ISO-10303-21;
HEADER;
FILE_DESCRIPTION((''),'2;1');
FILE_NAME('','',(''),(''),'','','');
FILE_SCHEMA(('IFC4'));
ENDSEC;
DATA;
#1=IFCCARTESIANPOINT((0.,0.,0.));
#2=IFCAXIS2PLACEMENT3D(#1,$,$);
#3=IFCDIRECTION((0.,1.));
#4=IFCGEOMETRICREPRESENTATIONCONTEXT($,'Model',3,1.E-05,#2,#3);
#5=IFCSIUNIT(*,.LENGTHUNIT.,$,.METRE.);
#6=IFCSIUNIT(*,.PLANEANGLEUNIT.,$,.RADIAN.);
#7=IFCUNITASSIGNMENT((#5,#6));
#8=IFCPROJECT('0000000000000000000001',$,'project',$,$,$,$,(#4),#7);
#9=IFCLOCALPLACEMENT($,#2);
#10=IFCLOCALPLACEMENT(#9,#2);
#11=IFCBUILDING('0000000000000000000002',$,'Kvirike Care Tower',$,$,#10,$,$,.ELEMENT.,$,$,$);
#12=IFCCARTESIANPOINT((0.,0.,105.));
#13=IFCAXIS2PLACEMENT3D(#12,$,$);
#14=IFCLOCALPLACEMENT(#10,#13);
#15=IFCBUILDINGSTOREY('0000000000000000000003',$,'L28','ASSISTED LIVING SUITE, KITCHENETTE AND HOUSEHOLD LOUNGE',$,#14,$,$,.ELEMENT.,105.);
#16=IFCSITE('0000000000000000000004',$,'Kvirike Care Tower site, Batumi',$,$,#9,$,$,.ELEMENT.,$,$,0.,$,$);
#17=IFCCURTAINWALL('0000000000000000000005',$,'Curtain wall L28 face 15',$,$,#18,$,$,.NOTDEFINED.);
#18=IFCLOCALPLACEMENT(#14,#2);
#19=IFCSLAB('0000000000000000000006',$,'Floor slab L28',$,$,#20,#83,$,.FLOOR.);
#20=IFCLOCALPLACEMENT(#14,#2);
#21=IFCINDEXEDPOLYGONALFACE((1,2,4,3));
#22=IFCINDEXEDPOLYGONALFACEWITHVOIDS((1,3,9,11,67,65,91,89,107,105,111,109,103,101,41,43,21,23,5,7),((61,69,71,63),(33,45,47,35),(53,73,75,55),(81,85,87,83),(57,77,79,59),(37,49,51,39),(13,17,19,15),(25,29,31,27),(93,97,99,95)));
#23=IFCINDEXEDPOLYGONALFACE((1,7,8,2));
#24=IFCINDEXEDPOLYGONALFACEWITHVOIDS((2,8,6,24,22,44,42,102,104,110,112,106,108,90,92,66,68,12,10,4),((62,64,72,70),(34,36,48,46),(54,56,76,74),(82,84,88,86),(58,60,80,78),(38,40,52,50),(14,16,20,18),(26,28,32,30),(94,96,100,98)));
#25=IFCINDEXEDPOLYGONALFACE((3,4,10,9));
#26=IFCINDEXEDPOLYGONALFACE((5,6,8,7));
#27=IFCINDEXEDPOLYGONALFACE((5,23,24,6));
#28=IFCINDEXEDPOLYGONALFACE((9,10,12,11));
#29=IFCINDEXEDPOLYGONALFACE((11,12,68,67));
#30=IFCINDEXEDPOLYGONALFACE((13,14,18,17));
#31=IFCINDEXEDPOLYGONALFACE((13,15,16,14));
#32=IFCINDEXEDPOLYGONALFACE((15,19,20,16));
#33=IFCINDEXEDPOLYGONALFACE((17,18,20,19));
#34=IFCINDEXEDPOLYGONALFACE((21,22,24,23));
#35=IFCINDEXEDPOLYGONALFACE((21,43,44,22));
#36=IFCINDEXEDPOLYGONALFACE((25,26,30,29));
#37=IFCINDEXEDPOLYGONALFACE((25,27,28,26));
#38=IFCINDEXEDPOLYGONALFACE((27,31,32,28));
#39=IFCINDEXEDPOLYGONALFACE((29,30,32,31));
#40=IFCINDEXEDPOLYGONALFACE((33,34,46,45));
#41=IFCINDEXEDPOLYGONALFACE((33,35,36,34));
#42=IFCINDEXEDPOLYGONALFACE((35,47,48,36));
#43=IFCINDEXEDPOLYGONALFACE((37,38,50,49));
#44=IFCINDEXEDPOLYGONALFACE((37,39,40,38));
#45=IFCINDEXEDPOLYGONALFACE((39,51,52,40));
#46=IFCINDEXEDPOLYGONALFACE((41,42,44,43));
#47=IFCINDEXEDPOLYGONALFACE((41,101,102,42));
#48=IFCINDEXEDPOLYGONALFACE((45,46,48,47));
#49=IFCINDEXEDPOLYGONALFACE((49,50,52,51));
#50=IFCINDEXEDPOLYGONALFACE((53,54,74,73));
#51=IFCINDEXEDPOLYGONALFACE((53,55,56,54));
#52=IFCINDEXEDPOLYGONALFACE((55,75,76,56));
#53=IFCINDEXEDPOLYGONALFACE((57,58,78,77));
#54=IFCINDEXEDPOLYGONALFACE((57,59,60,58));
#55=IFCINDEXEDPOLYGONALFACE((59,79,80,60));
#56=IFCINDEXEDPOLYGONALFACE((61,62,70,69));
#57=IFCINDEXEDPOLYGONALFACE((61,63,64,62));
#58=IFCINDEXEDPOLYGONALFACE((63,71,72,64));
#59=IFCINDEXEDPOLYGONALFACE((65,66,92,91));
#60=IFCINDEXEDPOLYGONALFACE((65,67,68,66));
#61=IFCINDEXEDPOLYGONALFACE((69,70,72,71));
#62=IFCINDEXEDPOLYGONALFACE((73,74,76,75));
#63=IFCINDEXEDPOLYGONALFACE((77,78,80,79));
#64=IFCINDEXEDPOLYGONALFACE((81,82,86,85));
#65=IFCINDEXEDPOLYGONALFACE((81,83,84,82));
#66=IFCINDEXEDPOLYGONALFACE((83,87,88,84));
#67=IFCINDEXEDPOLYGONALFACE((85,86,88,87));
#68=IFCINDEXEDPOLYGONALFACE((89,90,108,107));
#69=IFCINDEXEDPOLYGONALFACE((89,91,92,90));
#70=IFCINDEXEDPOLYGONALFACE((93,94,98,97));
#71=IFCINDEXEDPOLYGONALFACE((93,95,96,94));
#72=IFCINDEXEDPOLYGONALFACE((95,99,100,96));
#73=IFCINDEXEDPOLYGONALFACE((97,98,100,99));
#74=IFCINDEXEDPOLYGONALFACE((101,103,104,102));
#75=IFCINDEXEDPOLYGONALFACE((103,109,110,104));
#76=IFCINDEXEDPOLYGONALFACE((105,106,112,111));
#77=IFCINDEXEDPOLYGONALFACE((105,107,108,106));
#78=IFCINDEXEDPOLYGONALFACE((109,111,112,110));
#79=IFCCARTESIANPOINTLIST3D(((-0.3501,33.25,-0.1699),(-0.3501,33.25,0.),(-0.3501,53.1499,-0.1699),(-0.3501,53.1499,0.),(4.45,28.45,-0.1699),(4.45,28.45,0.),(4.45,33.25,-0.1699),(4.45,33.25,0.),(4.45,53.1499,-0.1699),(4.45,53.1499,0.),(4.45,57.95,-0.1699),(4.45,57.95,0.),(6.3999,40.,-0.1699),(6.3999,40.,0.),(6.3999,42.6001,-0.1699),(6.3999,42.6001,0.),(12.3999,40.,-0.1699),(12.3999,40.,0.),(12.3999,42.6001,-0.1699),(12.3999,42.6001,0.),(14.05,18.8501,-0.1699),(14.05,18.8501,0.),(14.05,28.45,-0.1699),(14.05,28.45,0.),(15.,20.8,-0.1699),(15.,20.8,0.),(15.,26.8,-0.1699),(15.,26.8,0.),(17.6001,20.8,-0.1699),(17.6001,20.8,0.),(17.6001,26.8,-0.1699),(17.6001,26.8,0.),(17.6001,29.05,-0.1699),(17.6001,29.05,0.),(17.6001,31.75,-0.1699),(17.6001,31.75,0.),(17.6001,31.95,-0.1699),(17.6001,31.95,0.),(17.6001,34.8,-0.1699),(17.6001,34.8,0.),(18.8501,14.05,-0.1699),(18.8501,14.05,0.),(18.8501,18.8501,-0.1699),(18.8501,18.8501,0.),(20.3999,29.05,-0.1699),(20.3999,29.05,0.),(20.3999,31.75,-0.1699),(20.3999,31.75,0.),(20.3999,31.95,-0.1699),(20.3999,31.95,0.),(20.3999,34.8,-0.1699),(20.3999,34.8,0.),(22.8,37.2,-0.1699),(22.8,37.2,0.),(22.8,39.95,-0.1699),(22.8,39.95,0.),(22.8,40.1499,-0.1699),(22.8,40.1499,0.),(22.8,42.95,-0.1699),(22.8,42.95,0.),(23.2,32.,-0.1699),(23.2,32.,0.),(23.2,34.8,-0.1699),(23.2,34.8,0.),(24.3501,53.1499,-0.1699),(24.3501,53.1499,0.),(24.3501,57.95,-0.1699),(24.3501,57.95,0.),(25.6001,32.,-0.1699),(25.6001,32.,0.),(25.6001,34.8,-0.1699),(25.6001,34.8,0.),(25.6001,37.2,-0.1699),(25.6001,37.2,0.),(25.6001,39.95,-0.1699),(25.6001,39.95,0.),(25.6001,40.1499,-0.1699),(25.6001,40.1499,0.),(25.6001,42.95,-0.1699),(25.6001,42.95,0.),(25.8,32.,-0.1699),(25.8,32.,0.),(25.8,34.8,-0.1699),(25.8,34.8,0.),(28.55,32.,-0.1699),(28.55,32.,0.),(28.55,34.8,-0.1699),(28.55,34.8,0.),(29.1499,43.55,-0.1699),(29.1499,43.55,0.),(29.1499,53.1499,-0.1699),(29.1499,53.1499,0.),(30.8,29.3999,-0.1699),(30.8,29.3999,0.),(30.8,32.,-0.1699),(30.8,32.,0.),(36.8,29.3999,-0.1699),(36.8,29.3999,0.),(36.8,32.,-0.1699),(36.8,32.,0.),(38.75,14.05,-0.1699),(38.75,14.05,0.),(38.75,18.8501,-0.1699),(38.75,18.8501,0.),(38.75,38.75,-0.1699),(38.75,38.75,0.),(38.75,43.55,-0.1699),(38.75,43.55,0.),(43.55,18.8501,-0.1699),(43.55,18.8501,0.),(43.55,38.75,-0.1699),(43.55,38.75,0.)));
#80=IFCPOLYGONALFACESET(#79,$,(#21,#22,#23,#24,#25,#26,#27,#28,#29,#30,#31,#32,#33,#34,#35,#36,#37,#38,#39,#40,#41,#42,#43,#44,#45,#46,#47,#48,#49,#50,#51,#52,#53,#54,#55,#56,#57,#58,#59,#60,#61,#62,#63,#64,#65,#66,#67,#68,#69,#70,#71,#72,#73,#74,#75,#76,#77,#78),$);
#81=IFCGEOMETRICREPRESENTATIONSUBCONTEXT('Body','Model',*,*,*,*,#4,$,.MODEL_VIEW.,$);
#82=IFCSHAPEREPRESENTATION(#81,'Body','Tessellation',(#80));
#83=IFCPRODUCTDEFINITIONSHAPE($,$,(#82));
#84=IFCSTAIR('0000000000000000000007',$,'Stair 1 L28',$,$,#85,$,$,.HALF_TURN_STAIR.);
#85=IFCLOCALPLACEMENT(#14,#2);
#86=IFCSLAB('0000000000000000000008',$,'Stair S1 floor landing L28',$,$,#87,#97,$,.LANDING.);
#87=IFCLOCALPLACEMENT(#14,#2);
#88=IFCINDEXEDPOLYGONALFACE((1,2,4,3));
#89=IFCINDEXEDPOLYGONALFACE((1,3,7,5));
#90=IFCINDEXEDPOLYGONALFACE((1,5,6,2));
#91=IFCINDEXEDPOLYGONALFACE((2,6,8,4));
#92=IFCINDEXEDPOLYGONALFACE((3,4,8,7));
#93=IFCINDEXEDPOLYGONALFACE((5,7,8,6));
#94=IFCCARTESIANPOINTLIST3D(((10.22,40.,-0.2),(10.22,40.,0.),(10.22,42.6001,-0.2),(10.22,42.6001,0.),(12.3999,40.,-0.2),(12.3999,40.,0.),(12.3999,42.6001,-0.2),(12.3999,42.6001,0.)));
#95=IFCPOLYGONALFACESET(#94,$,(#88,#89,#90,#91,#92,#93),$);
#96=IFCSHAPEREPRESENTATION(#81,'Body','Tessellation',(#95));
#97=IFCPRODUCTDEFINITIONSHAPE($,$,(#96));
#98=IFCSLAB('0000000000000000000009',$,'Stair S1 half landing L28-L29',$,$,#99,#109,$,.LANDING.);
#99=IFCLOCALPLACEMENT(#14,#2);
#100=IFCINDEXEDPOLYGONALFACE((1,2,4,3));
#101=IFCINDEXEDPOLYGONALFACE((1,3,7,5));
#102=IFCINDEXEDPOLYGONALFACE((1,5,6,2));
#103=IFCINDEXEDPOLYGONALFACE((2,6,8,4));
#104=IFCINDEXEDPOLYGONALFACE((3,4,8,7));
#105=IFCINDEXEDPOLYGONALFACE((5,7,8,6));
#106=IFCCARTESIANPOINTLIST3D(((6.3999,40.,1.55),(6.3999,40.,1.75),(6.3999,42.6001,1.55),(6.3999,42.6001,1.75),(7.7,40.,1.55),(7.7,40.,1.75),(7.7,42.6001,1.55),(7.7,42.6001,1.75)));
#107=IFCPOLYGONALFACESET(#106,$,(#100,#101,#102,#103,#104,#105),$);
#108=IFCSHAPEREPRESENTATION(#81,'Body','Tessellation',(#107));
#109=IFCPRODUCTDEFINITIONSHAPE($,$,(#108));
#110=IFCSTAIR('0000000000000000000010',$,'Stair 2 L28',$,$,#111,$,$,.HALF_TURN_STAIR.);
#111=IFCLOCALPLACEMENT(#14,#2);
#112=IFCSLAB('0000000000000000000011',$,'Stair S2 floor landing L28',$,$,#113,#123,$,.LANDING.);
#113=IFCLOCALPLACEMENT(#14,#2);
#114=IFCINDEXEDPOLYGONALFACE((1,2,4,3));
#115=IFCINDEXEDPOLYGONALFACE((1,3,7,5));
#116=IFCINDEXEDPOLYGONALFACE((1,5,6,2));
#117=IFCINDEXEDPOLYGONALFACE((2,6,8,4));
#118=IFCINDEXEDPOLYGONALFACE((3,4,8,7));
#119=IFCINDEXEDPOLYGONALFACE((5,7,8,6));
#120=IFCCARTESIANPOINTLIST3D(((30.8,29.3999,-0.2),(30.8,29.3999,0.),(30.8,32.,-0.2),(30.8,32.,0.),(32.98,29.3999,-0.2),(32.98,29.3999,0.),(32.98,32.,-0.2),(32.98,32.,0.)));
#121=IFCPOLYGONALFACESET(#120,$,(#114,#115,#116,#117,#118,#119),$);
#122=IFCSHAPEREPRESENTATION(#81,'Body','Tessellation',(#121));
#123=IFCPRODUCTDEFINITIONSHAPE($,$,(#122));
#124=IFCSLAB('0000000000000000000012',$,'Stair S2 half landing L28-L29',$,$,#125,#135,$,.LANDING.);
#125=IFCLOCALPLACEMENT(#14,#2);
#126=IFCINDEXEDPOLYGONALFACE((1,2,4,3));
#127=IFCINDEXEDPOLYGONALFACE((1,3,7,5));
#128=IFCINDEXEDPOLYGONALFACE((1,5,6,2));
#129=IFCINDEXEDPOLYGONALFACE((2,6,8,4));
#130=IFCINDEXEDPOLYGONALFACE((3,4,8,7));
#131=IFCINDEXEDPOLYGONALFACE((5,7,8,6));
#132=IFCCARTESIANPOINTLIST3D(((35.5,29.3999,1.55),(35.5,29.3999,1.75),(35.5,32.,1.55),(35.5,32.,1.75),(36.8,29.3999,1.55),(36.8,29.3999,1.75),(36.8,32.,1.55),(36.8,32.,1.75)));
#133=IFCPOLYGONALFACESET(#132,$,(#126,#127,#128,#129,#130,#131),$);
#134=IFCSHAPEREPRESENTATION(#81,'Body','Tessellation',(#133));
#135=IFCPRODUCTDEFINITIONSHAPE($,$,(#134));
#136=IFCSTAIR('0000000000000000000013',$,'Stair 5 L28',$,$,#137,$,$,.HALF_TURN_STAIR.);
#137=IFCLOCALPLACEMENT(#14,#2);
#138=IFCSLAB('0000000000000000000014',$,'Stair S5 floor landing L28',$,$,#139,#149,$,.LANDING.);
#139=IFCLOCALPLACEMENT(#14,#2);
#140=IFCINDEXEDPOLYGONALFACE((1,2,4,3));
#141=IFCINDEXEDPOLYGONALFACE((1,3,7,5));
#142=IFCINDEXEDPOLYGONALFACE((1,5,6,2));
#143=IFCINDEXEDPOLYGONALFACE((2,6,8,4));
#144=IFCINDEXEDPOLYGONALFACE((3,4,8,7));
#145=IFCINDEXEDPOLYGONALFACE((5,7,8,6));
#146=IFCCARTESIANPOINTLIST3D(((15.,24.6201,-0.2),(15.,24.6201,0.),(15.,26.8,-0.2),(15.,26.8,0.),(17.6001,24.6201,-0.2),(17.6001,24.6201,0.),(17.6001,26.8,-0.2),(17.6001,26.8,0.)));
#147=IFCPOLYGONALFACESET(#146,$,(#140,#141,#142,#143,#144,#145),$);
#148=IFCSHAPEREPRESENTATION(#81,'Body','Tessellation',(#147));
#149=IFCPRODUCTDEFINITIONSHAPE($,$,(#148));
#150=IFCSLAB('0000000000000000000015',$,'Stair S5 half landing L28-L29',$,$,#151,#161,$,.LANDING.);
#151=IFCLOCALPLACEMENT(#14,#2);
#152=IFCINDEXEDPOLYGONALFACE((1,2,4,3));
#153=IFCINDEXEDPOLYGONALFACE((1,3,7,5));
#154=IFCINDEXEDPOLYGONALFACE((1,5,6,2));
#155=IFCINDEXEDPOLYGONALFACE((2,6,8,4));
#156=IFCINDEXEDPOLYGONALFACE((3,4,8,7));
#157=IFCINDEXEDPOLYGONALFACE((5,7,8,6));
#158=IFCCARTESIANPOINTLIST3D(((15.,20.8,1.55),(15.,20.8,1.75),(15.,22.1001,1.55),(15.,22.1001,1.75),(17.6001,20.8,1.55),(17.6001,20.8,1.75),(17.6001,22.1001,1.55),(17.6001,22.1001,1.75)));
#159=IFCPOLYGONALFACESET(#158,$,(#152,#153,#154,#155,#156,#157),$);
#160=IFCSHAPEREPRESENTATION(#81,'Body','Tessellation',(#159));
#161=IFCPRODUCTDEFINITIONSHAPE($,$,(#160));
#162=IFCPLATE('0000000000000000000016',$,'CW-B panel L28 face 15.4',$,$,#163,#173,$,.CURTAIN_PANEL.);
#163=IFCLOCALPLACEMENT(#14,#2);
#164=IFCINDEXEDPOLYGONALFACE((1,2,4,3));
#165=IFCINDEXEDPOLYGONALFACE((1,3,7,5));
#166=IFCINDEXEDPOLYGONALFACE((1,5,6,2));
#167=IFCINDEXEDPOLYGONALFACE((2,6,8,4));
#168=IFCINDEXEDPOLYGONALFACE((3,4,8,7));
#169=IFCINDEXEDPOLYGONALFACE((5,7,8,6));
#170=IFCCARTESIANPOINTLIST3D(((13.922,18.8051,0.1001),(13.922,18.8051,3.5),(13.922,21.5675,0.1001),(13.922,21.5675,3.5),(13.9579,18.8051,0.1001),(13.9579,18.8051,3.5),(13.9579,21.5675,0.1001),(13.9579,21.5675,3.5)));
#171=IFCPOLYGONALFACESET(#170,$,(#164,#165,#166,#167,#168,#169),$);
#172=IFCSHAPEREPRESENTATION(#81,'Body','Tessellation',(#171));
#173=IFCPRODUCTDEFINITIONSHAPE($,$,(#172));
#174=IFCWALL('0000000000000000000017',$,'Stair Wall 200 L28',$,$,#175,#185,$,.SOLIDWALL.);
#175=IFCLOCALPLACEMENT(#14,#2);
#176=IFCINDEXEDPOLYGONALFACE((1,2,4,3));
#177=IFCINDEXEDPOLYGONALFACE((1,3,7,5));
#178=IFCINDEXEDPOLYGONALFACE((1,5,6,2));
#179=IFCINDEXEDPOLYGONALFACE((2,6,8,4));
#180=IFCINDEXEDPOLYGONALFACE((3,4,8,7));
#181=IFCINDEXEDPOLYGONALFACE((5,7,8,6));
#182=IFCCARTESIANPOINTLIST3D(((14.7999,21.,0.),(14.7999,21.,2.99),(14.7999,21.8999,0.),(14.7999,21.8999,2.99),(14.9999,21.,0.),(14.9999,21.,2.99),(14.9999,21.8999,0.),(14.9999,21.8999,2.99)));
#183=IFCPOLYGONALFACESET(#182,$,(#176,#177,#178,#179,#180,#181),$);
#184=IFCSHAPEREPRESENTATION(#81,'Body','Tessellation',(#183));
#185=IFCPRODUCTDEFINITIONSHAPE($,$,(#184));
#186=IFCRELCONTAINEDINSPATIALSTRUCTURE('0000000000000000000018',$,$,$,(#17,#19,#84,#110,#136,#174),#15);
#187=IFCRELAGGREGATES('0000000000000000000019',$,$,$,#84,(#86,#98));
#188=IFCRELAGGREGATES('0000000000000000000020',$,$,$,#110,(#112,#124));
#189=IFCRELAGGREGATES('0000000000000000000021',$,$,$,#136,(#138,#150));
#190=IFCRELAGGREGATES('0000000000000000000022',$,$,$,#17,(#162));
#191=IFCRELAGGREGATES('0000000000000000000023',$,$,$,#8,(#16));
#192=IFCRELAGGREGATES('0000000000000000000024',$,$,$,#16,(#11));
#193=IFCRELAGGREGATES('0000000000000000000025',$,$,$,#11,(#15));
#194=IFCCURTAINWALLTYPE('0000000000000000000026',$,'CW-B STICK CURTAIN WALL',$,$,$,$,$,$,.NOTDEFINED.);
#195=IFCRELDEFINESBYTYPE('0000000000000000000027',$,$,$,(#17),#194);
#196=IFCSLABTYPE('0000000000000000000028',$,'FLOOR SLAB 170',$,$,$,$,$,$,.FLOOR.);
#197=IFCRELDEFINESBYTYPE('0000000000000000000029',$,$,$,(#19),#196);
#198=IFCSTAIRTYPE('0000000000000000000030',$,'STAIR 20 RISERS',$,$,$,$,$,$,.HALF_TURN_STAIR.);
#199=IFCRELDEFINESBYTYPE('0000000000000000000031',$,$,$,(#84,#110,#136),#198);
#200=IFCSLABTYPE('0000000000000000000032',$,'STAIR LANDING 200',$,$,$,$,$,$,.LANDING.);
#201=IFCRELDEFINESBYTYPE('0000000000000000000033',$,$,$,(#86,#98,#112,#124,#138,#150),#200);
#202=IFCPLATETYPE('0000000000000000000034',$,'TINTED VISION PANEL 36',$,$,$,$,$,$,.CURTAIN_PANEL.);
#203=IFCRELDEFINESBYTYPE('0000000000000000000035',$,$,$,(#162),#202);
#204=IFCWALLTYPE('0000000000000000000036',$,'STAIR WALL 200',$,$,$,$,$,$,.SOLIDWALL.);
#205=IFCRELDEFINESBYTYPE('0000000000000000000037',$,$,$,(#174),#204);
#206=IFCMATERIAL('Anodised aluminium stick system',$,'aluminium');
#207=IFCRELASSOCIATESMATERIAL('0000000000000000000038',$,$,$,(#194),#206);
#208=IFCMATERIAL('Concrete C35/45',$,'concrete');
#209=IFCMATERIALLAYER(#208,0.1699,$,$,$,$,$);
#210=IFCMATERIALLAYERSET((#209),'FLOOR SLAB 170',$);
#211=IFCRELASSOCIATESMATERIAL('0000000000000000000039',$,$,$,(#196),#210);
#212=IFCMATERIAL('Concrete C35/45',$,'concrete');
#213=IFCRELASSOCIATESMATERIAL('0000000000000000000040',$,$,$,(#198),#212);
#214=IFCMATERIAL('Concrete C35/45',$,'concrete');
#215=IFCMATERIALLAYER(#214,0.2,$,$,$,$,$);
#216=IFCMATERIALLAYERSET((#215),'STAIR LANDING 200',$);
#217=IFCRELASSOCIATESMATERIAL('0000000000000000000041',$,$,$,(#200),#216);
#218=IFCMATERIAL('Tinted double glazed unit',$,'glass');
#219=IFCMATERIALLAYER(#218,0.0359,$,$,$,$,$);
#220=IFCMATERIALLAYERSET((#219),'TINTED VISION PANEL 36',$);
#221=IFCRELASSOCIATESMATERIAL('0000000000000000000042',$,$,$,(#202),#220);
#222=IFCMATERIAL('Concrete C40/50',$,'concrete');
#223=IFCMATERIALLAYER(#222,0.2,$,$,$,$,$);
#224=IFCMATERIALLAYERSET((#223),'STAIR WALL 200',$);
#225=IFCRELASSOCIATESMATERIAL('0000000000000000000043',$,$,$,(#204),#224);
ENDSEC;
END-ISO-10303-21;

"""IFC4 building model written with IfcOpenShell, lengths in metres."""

from ifc_helpers import new_model, si_unit, direction, frame, frame_2d, origin, origin_2d, place, context, subcontext, project, spatial, polyline, rectangle, outline, extrude, material, layer, layer_set, type_object, element, aggregate, save


model = new_model("IFC4")

# Units and contexts
model_context = context("Model", 3, precision=1e-05, world=origin(), true_north=direction((0.0, 1.0)))
body_context = subcontext(model_context, "Body", "Model", "MODEL_VIEW")
ifc_project = project(units=[si_unit("LENGTHUNIT", "METRE"), si_unit("PLANEANGLEUNIT", "RADIAN")], contexts=[model_context])

# Site, building, storey
site_placement = place(None, origin())
site = spatial("IfcSite", under=ifc_project, at=site_placement, Name="Kvirike Care Tower site, Batumi", CompositionType="ELEMENT", RefElevation=0.0)
building_placement = place(site_placement, origin())
building = spatial("IfcBuilding", under=site, at=building_placement, Name="Kvirike Care Tower", CompositionType="ELEMENT")
storey_placement = place(building_placement, frame((0.0, 0.0, 105.0)))
storey = spatial("IfcBuildingStorey", under=building, at=storey_placement, Name="L28", Description="ASSISTED LIVING SUITE, KITCHENETTE AND HOUSEHOLD LOUNGE", CompositionType="ELEMENT", Elevation=105.0)

# Curtain wall
ifc_material_1 = material(Name="Anodised aluminium stick system", Category="aluminium")
curtain_wall_type = type_object("IfcCurtainWallType", Name="CW-B STICK CURTAIN WALL", PredefinedType="NOTDEFINED", material=ifc_material_1)
curtain_wall_1_placement = place(storey_placement, origin())
curtain_wall_1 = element("IfcCurtainWall", 1, at=curtain_wall_1_placement, inside=storey, type_object=curtain_wall_type, Name="Curtain wall L28 face 15", PredefinedType="NOTDEFINED")

# Slab
ifc_material_2 = material(Name="Concrete C35/45", Category="concrete")
ifc_layer_1 = layer(ifc_material_2, 0.1699)
ifc_layer_set_1 = layer_set([ifc_layer_1], Name="FLOOR SLAB 170")
slab_type_1 = type_object("IfcSlabType", Name="FLOOR SLAB 170", PredefinedType="FLOOR", material=ifc_layer_set_1)
slab_1_placement = place(storey_placement, frame((0.0, 0.0, -0.1699)))
element("IfcSlab", 2, at=slab_1_placement, inside=storey, type_object=slab_type_1, Name="Floor slab L28", PredefinedType="FLOOR", context=body_context, shape_type="SweptSolid", body=[
    extrude(outline(polyline([(43.55, 18.8501), (43.55, 38.75), (38.75, 38.75), (38.75, 43.55), (29.1499, 43.55), (29.1499, 53.1499), (24.3501, 53.1499), (24.3501, 57.95), (4.45, 57.95), (4.45, 53.1499), (-0.3501, 53.1499), (-0.3501, 33.25), (4.45, 33.25), (4.45, 28.45), (14.05, 28.45), (14.05, 18.8501), (18.8501, 18.8501), (18.8501, 14.05), (38.75, 14.05), (38.75, 18.8501), (43.55, 18.8501)]), holes=[polyline([(17.6001, 29.05), (17.6001, 31.75), (20.3999, 31.75), (20.3999, 29.05), (17.6001, 29.05)]), polyline([(17.6001, 31.95), (17.6001, 34.8), (20.3999, 34.8), (20.3999, 31.95), (17.6001, 31.95)]), polyline([(22.8, 37.2), (22.8, 39.95), (25.6001, 39.95), (25.6001, 37.2), (22.8, 37.2)]), polyline([(22.8, 40.1499), (22.8, 42.95), (25.6001, 42.95), (25.6001, 40.1499), (22.8, 40.1499)]), polyline([(23.2, 32.0), (23.2, 34.8), (25.6001, 34.8), (25.6001, 32.0), (23.2, 32.0)]), polyline([(25.8, 32.0), (25.8, 34.8), (28.55, 34.8), (28.55, 32.0), (25.8, 32.0)]), polyline([(12.3999, 42.6001), (12.3999, 40.0), (6.3999, 40.0), (6.3999, 42.6001), (12.3999, 42.6001)]), polyline([(30.8, 29.3999), (30.8, 32.0), (36.8, 32.0), (36.8, 29.3999), (30.8, 29.3999)]), polyline([(15.0, 26.8), (17.6001, 26.8), (17.6001, 20.8), (15.0, 20.8), (15.0, 26.8)])]), origin(), (0.0, 0.0, 1.0), 0.1699),
])

# Stairs, slabs
ifc_material_3 = material(Name="Concrete C35/45", Category="concrete")
stair_type = type_object("IfcStairType", Name="STAIR 20 RISERS", PredefinedType="HALF_TURN_STAIR", material=ifc_material_3)
stair_1_placement = place(storey_placement, origin())
stair_1 = element("IfcStair", 3, at=stair_1_placement, inside=storey, type_object=stair_type, Name="Stair 1 L28", PredefinedType="HALF_TURN_STAIR")
ifc_material_4 = material(Name="Concrete C35/45", Category="concrete")
ifc_layer_2 = layer(ifc_material_4, 0.2)
ifc_layer_set_2 = layer_set([ifc_layer_2], Name="STAIR LANDING 200")
slab_type_2 = type_object("IfcSlabType", Name="STAIR LANDING 200", PredefinedType="LANDING", material=ifc_layer_set_2)
slab_2_placement = place(storey_placement, frame((0.0, 0.0, -0.2)))
slab_2 = element("IfcSlab", 4, at=slab_2_placement, type_object=slab_type_2, Name="Stair S1 floor landing L28", PredefinedType="LANDING", context=body_context, shape_type="SweptSolid", body=[
    extrude(outline(polyline([(10.22, 42.6001), (10.22, 40.0), (12.3999, 40.0), (12.3999, 42.6001), (10.22, 42.6001)])), origin(), (0.0, 0.0, 1.0), 0.2),
])
slab_3_placement = place(storey_placement, frame((0.0, 0.0, 1.55)))
slab_3 = element("IfcSlab", 5, at=slab_3_placement, type_object=slab_type_2, Name="Stair S1 half landing L28-L29", PredefinedType="LANDING", context=body_context, shape_type="SweptSolid", body=[
    extrude(outline(polyline([(6.3999, 42.6001), (6.3999, 40.0), (7.7, 40.0), (7.7, 42.6001), (6.3999, 42.6001)])), origin(), (0.0, 0.0, 1.0), 0.2),
])
aggregate(stair_1, [slab_2, slab_3])
stair_2_placement = place(storey_placement, origin())
stair_2 = element("IfcStair", 6, at=stair_2_placement, inside=storey, type_object=stair_type, Name="Stair 2 L28", PredefinedType="HALF_TURN_STAIR")
slab_4_placement = place(storey_placement, frame((0.0, 0.0, -0.2)))
slab_4 = element("IfcSlab", 7, at=slab_4_placement, type_object=slab_type_2, Name="Stair S2 floor landing L28", PredefinedType="LANDING", context=body_context, shape_type="SweptSolid", body=[
    extrude(outline(polyline([(32.98, 29.3999), (32.98, 32.0), (30.8, 32.0), (30.8, 29.3999), (32.98, 29.3999)])), origin(), (0.0, 0.0, 1.0), 0.2),
])
slab_5_placement = place(storey_placement, frame((0.0, 0.0, 1.55)))
slab_5 = element("IfcSlab", 8, at=slab_5_placement, type_object=slab_type_2, Name="Stair S2 half landing L28-L29", PredefinedType="LANDING", context=body_context, shape_type="SweptSolid", body=[
    extrude(outline(polyline([(36.8, 29.3999), (36.8, 32.0), (35.5, 32.0), (35.5, 29.3999), (36.8, 29.3999)])), origin(), (0.0, 0.0, 1.0), 0.2),
])
aggregate(stair_2, [slab_4, slab_5])
stair_3_placement = place(storey_placement, origin())
stair_3 = element("IfcStair", 9, at=stair_3_placement, inside=storey, type_object=stair_type, Name="Stair 5 L28", PredefinedType="HALF_TURN_STAIR")
slab_6_placement = place(storey_placement, frame((0.0, 0.0, -0.2)))
slab_6 = element("IfcSlab", 10, at=slab_6_placement, type_object=slab_type_2, Name="Stair S5 floor landing L28", PredefinedType="LANDING", context=body_context, shape_type="SweptSolid", body=[
    extrude(outline(polyline([(15.0, 24.6201), (17.6001, 24.6201), (17.6001, 26.8), (15.0, 26.8), (15.0, 24.6201)])), origin(), (0.0, 0.0, 1.0), 0.2),
])
slab_7_placement = place(storey_placement, frame((0.0, 0.0, 1.55)))
slab_7 = element("IfcSlab", 11, at=slab_7_placement, type_object=slab_type_2, Name="Stair S5 half landing L28-L29", PredefinedType="LANDING", context=body_context, shape_type="SweptSolid", body=[
    extrude(outline(polyline([(15.0, 20.8), (17.6001, 20.8), (17.6001, 22.1001), (15.0, 22.1001), (15.0, 20.8)])), origin(), (0.0, 0.0, 1.0), 0.2),
])
aggregate(stair_3, [slab_6, slab_7])

# Plate
ifc_material_5 = material(Name="Tinted double glazed unit", Category="glass")
ifc_layer_3 = layer(ifc_material_5, 0.0359)
ifc_layer_set_3 = layer_set([ifc_layer_3], Name="TINTED VISION PANEL 36")
plate_type = type_object("IfcPlateType", Name="TINTED VISION PANEL 36", PredefinedType="CURTAIN_PANEL", material=ifc_layer_set_3)
plate_placement = place(storey_placement, frame((13.9399, 20.1863, 0.1001), z_axis=(0.0, 0.0, 1.0), x_axis=(0.0, -1.0, 0.0)))
plate = element("IfcPlate", 12, at=plate_placement, type_object=plate_type, Name="CW-B panel L28 face 15.4", PredefinedType="CURTAIN_PANEL", context=body_context, shape_type="SweptSolid", body=[
    extrude(rectangle(XDim=2.7625, YDim=0.0359, at=origin_2d()), origin(), (0.0, 0.0, 1.0), 3.3999),
])
aggregate(curtain_wall_1, [plate])

# Wall
ifc_material_6 = material(Name="Concrete C40/50", Category="concrete")
ifc_layer_4 = layer(ifc_material_6, 0.2)
ifc_layer_set_4 = layer_set([ifc_layer_4], Name="STAIR WALL 200")
wall_type = type_object("IfcWallType", Name="STAIR WALL 200", PredefinedType="SOLIDWALL", material=ifc_layer_set_4)
wall_placement = place(storey_placement, frame((14.8999, 21.0, 0.0), z_axis=(0.0, 0.0, 1.0), x_axis=(0.0, 1.0, 0.0)))
element("IfcWall", 13, at=wall_placement, inside=storey, type_object=wall_type, Name="Stair Wall 200 L28", PredefinedType="SOLIDWALL", context=body_context, shape_type="SweptSolid", body=[
    extrude(rectangle(XDim=0.8999, YDim=0.2, at=frame_2d((0.45, 0.0))), origin(), (0.0, 0.0, 1.0), 2.99),
])

save(model, "model.ifc")
